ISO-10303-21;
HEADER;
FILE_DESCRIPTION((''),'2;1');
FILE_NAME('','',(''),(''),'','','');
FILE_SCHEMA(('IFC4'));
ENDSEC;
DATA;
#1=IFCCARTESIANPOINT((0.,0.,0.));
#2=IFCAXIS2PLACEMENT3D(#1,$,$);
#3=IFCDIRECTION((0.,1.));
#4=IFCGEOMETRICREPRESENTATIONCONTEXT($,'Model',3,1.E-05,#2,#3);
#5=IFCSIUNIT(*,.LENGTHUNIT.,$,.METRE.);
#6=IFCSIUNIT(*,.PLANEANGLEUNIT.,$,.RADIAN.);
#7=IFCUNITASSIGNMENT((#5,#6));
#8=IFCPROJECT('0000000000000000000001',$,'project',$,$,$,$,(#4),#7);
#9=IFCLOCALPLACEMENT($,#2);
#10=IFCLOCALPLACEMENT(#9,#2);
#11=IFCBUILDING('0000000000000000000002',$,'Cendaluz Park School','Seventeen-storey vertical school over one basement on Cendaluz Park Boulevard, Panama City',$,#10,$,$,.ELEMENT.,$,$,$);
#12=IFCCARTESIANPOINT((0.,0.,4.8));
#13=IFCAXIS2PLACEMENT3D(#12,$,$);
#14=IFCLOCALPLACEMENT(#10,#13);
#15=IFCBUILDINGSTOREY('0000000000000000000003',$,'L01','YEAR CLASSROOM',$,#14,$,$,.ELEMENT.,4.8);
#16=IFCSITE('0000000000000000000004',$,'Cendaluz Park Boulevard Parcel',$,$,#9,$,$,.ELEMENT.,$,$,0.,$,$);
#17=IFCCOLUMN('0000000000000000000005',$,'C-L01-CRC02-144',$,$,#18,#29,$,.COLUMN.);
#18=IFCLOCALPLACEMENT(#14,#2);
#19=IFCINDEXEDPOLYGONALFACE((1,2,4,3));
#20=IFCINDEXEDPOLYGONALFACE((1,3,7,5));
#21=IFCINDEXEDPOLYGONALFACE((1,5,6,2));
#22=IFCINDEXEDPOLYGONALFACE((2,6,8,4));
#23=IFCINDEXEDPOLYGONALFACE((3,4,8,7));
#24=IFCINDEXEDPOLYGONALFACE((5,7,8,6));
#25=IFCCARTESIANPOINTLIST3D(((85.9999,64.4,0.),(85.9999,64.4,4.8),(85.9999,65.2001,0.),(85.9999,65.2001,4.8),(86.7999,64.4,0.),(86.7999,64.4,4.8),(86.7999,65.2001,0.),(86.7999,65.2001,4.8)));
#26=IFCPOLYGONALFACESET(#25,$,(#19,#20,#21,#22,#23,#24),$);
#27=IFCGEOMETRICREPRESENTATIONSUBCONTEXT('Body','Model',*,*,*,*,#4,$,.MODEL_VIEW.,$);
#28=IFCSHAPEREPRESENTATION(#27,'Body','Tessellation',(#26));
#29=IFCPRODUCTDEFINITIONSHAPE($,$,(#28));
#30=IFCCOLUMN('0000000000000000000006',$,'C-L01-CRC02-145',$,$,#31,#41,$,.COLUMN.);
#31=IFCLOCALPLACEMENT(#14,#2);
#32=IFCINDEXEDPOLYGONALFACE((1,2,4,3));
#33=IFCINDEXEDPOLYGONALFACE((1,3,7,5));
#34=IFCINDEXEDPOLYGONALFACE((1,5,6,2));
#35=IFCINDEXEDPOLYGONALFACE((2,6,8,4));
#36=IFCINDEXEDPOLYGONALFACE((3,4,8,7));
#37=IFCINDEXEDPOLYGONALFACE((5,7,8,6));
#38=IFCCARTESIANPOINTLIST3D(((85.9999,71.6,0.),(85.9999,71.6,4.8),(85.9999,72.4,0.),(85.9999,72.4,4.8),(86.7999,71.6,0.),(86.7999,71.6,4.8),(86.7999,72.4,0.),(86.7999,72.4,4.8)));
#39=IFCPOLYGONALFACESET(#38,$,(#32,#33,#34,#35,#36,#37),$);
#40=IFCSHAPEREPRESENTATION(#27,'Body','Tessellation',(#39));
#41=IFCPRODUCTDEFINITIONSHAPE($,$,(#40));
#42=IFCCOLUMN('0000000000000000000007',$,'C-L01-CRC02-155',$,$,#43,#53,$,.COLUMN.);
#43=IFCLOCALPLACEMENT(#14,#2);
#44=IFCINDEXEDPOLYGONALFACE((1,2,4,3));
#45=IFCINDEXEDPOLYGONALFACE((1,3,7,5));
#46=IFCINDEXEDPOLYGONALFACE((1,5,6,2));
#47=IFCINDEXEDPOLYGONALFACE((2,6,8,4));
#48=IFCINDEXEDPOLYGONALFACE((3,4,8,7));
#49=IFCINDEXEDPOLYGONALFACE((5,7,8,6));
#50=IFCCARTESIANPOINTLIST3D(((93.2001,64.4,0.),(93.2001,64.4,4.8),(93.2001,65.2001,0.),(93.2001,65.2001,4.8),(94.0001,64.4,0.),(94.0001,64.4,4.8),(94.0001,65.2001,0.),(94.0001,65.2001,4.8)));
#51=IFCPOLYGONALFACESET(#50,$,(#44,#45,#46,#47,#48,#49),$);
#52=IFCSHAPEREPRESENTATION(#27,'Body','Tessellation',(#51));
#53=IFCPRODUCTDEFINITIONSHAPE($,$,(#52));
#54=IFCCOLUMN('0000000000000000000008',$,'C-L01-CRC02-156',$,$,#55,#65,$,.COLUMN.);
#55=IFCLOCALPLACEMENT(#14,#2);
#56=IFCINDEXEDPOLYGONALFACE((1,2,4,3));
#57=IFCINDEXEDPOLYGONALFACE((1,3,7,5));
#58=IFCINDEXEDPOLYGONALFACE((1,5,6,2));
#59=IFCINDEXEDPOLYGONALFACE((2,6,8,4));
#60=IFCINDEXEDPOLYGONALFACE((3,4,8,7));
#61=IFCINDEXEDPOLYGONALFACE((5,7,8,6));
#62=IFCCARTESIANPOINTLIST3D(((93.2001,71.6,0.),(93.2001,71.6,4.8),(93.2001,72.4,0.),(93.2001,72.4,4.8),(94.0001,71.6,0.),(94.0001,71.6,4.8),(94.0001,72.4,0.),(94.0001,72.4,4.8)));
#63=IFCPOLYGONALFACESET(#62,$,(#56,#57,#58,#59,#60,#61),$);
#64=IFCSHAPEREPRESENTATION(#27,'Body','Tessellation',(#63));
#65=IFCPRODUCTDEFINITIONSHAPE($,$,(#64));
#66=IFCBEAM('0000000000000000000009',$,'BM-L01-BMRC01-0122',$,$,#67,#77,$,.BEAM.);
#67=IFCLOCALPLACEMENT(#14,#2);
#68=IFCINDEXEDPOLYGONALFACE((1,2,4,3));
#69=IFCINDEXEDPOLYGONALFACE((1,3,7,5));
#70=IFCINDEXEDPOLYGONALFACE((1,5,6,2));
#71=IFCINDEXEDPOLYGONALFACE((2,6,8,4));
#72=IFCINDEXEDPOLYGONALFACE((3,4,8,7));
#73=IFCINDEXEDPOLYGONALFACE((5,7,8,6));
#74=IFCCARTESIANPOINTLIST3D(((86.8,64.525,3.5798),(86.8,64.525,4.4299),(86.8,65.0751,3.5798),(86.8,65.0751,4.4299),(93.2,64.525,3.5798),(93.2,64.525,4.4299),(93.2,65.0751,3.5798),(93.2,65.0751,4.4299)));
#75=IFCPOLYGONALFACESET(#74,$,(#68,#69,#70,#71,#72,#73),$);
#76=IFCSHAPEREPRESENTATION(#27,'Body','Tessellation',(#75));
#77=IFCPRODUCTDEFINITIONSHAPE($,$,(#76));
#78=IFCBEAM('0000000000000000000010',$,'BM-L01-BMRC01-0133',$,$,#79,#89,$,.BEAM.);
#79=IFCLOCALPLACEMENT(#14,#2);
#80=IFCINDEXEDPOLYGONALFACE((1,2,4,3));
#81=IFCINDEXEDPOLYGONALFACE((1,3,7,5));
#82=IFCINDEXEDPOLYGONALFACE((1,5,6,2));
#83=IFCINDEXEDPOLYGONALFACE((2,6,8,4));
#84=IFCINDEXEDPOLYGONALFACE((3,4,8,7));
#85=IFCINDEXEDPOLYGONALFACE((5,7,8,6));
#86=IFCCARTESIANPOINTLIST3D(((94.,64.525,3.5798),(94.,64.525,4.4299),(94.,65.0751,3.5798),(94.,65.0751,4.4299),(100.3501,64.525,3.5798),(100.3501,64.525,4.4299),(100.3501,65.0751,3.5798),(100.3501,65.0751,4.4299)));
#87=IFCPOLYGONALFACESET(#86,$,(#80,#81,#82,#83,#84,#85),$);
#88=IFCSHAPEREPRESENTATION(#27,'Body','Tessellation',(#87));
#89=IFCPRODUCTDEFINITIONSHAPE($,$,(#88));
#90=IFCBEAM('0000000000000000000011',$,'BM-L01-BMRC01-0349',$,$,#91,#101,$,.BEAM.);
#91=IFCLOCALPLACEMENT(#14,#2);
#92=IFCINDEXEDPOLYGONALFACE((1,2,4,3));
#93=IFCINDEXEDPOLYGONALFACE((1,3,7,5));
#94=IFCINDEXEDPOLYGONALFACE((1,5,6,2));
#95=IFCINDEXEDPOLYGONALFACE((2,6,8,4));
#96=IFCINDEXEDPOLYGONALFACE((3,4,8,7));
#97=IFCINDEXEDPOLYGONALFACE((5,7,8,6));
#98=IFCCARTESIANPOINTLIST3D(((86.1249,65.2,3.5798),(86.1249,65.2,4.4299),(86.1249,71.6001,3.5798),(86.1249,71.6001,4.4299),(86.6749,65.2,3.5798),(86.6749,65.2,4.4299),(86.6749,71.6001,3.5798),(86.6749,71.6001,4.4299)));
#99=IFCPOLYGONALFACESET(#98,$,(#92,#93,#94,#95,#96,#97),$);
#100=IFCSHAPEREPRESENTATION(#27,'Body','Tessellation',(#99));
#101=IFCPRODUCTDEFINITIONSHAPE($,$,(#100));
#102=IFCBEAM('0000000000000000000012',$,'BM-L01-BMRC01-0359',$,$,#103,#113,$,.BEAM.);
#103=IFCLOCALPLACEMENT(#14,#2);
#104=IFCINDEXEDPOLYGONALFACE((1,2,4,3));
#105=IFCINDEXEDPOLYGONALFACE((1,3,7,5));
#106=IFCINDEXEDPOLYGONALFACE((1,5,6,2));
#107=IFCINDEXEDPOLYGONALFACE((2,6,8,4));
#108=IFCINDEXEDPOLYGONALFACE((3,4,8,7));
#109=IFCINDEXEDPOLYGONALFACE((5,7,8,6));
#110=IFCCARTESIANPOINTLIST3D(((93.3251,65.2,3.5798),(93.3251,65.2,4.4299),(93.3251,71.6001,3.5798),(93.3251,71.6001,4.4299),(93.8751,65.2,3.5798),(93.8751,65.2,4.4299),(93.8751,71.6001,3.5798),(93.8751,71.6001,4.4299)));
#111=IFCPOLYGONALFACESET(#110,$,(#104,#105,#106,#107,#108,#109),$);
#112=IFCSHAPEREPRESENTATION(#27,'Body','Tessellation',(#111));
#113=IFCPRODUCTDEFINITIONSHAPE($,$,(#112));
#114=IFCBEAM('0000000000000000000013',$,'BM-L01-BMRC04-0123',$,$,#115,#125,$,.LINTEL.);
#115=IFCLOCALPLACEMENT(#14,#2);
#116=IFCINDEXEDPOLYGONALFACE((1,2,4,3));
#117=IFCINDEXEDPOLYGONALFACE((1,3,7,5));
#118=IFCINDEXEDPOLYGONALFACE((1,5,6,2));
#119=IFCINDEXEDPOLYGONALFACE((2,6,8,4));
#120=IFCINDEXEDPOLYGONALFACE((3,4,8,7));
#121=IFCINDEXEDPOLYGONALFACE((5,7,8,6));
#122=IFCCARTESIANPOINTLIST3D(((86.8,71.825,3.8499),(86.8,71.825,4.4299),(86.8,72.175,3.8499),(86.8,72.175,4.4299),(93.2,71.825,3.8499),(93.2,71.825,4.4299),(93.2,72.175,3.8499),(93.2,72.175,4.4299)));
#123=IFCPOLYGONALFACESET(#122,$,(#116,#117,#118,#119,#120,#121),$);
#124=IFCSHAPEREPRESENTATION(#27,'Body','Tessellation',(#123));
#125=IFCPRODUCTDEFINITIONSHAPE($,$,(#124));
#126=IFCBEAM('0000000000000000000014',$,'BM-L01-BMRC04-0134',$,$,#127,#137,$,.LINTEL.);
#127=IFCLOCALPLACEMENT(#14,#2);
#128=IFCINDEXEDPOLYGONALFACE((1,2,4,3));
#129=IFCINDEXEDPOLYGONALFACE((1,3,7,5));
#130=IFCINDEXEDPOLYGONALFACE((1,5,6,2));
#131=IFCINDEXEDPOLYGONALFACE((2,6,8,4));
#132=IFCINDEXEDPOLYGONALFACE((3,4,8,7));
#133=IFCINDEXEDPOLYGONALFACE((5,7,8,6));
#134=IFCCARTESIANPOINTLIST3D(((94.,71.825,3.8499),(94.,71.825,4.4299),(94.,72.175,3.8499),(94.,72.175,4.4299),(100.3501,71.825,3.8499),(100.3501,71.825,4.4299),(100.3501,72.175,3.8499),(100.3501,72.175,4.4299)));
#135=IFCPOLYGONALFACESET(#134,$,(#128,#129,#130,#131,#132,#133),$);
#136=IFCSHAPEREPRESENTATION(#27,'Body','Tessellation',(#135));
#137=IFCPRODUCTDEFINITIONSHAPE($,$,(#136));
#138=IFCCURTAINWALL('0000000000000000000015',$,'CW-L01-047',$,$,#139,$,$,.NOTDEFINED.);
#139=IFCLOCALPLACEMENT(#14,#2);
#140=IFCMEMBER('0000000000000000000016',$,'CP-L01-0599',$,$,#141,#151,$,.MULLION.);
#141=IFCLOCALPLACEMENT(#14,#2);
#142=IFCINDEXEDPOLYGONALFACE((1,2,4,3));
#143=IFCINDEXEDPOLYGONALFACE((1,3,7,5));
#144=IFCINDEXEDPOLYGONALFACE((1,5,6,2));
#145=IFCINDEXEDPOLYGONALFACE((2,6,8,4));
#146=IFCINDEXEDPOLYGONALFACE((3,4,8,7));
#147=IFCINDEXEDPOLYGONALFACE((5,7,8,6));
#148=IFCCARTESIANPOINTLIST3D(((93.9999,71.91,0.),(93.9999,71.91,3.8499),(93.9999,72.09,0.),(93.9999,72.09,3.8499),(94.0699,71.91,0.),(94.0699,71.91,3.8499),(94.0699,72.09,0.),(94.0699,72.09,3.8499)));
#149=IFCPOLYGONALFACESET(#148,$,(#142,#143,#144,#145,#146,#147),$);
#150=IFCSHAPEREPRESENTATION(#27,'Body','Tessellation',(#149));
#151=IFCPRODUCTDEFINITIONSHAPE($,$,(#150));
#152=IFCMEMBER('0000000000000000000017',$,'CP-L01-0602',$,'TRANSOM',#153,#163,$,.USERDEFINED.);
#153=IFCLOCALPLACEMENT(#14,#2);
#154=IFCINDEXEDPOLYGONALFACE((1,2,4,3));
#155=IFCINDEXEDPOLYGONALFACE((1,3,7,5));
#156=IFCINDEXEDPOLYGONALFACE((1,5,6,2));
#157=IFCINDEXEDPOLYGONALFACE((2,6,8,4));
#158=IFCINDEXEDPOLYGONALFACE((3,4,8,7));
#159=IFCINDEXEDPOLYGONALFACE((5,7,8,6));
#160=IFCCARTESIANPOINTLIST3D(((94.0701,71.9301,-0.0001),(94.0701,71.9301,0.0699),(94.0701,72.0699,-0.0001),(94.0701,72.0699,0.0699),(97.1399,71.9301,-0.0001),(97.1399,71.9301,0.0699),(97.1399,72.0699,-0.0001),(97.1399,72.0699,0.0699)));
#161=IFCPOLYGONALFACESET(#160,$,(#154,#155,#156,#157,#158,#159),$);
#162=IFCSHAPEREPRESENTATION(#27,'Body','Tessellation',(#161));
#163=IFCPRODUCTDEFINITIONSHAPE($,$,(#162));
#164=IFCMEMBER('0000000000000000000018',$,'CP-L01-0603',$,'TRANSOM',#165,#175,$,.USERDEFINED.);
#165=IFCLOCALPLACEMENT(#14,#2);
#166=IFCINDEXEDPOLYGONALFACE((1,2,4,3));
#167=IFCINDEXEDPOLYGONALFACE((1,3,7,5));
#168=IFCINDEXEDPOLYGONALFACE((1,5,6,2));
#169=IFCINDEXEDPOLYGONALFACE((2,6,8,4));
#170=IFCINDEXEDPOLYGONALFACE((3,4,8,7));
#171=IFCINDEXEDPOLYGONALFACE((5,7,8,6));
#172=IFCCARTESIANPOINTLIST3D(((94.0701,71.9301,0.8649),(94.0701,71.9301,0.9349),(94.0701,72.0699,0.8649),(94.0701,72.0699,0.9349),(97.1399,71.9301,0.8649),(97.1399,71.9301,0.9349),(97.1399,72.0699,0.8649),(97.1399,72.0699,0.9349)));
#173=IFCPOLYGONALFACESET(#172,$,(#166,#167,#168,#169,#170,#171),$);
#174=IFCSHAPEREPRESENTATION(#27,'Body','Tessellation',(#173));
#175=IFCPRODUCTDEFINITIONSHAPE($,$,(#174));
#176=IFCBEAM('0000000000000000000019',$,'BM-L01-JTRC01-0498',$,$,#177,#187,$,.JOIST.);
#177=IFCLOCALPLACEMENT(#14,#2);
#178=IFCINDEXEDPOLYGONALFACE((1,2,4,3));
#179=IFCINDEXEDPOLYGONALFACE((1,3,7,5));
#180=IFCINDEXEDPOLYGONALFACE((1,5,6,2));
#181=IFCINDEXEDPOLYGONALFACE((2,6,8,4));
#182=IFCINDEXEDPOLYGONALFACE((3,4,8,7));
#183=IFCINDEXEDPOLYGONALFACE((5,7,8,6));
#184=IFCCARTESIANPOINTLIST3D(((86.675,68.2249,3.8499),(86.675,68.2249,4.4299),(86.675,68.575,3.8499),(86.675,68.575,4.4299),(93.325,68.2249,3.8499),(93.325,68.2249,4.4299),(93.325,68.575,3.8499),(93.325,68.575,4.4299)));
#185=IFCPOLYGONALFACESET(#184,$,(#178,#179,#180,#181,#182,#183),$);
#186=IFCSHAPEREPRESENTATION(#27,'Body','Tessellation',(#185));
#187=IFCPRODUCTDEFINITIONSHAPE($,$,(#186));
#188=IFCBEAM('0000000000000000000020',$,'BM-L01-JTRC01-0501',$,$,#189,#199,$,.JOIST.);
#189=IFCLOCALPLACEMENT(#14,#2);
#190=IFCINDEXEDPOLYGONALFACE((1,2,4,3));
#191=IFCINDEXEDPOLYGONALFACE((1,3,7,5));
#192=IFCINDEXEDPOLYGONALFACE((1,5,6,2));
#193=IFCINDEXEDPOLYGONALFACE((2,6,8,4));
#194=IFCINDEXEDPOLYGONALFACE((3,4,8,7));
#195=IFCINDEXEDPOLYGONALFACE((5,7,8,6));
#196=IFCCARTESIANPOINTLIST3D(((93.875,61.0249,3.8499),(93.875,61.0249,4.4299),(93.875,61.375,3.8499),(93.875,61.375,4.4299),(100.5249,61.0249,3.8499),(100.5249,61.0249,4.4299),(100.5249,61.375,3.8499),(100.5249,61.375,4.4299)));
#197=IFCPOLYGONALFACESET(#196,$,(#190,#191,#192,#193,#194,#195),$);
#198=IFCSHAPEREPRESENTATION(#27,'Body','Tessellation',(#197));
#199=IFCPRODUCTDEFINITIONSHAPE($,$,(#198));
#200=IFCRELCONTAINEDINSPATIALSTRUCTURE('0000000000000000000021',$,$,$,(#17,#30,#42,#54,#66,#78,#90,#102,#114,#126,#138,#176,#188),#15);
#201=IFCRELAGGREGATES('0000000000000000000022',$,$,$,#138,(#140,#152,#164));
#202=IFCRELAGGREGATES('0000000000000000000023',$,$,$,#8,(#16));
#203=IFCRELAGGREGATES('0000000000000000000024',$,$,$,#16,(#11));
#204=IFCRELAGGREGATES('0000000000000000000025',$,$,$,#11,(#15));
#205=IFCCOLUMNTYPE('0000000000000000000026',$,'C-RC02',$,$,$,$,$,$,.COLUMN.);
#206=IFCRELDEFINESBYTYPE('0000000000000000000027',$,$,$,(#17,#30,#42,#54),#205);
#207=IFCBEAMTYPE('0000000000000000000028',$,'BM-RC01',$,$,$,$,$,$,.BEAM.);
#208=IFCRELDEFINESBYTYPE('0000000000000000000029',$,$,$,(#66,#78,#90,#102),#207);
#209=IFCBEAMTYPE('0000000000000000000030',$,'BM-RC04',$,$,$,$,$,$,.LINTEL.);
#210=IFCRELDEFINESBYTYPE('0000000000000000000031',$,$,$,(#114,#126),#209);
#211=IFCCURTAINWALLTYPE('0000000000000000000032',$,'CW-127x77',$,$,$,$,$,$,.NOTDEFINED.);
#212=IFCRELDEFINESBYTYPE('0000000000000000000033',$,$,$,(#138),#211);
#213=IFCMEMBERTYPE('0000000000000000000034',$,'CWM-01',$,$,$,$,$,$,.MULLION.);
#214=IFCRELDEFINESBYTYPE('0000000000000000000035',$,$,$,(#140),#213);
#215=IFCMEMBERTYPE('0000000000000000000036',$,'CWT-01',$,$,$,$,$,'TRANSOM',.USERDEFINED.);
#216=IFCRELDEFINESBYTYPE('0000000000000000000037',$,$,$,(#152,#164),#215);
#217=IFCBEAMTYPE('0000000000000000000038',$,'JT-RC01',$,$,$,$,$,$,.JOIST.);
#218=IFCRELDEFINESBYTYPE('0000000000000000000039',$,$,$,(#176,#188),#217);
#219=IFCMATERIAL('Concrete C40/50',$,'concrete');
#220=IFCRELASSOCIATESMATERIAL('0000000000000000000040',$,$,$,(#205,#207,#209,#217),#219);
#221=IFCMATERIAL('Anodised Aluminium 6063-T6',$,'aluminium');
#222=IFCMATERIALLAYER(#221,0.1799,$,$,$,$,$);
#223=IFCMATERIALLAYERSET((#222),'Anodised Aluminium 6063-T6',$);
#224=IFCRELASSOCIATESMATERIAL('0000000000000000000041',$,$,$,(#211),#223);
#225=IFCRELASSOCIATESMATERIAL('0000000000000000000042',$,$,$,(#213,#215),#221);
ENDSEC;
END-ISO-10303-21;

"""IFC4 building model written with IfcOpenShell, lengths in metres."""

from ifc_helpers import new_model, si_unit, direction, frame, origin, origin_2d, place, context, subcontext, project, spatial, rectangle, extrude, material, layer, layer_set, material_profile, profile_set, type_object, element, aggregate, save


model = new_model("IFC4")

# Units and contexts
model_context = context("Model", 3, precision=1e-05, world=origin(), true_north=direction((0.0, 1.0)))
body_context = subcontext(model_context, "Body", "Model", "MODEL_VIEW")
ifc_project = project(units=[si_unit("LENGTHUNIT", "METRE"), si_unit("PLANEANGLEUNIT", "RADIAN")], contexts=[model_context])

# Site, building, storey
site_placement = place(None, origin())
site = spatial("IfcSite", under=ifc_project, at=site_placement, Name="Cendaluz Park Boulevard Parcel", CompositionType="ELEMENT", RefElevation=0.0)
building_placement = place(site_placement, origin())
building = spatial("IfcBuilding", under=site, at=building_placement, Name="Cendaluz Park School", Description="Seventeen-storey vertical school over one basement on Cendaluz Park Boulevard, Panama City", CompositionType="ELEMENT")
storey_placement = place(building_placement, frame((0.0, 0.0, 4.8)))
storey = spatial("IfcBuildingStorey", under=building, at=storey_placement, Name="L01", Description="YEAR CLASSROOM", CompositionType="ELEMENT", Elevation=4.8)

# Columns
ifc_material_1 = material(Name="Concrete C40/50", Category="concrete")
ifc_material_profile_1 = material_profile(ifc_material_1, rectangle(XDim=0.8, YDim=0.8, at=origin_2d()), Name="RC 800x800", Category="concrete")
ifc_profile_set_1 = profile_set([ifc_material_profile_1], Name="Concrete C40/50")
column_type = type_object("IfcColumnType", Name="C-RC02", PredefinedType="COLUMN", material=ifc_profile_set_1)
for number, where, z_axis, x_axis, name in (
    (1, (86.3999, 64.8, 0.0), (0.0, 0.0, 1.0), (1.0, 0.0, 0.0), "C-L01-CRC02-144"),
    (2, (86.3999, 72.0, 0.0), (0.0, 0.0, 1.0), (1.0, 0.0, 0.0), "C-L01-CRC02-145"),
    (3, (93.6001, 64.8, 0.0), (0.0, 0.0, 1.0), (1.0, 0.0, 0.0), "C-L01-CRC02-155"),
    (4, (93.6001, 72.0, 0.0), (0.0, 0.0, 1.0), (1.0, 0.0, 0.0), "C-L01-CRC02-156"),
):
    element("IfcColumn", number, at=place(storey_placement, frame(where, z_axis=z_axis, x_axis=x_axis)), inside=storey, type_object=column_type, Name=name, PredefinedType="COLUMN", context=body_context, shape_type="SweptSolid", body=[
        extrude(rectangle(XDim=0.8, YDim=0.8, at=origin_2d()), origin(), (0.0, 0.0, 1.0), 4.8),
    ])

# Beams
ifc_material_profile_2 = material_profile(ifc_material_1, rectangle(XDim=0.55, YDim=0.8501, at=origin_2d()), Name="RC 550x850", Category="concrete")
ifc_profile_set_2 = profile_set([ifc_material_profile_2], Name="Concrete C40/50")
beam_type_1 = type_object("IfcBeamType", Name="BM-RC01", PredefinedType="BEAM", material=ifc_profile_set_2)
beam_1_placement = place(storey_placement, frame((86.8, 64.8, 4.0049), z_axis=(1.0, 0.0, 0.0), x_axis=(0.0, 1.0, 0.0)))
element("IfcBeam", 5, at=beam_1_placement, inside=storey, type_object=beam_type_1, Name="BM-L01-BMRC01-0122", PredefinedType="BEAM", context=body_context, shape_type="SweptSolid", body=[
    extrude(rectangle(XDim=0.55, YDim=0.8501, at=origin_2d()), origin(), (0.0, 0.0, 1.0), 6.3999),
])
beam_2_placement = place(storey_placement, frame((94.0, 64.8, 4.0049), z_axis=(1.0, 0.0, 0.0), x_axis=(0.0, 1.0, 0.0)))
element("IfcBeam", 6, at=beam_2_placement, inside=storey, type_object=beam_type_1, Name="BM-L01-BMRC01-0133", PredefinedType="BEAM", context=body_context, shape_type="SweptSolid", body=[
    extrude(rectangle(XDim=0.55, YDim=0.8501, at=origin_2d()), origin(), (0.0, 0.0, 1.0), 6.3501),
])
for number, where, z_axis, x_axis, name in (
    (7, (86.3999, 65.2, 4.0049), (0.0, 1.0, 0.0), (-1.0, 0.0, 0.0), "BM-L01-BMRC01-0349"),
    (8, (93.6001, 65.2, 4.0049), (0.0, 1.0, 0.0), (-1.0, 0.0, 0.0), "BM-L01-BMRC01-0359"),
):
    element("IfcBeam", number, at=place(storey_placement, frame(where, z_axis=z_axis, x_axis=x_axis)), inside=storey, type_object=beam_type_1, Name=name, PredefinedType="BEAM", context=body_context, shape_type="SweptSolid", body=[
        extrude(rectangle(XDim=0.55, YDim=0.8501, at=origin_2d()), origin(), (0.0, 0.0, 1.0), 6.4001),
    ])
ifc_material_profile_3 = material_profile(ifc_material_1, rectangle(XDim=0.3501, YDim=0.5801, at=origin_2d()), Name="RC 350x580", Category="concrete")
ifc_profile_set_3 = profile_set([ifc_material_profile_3], Name="Concrete C40/50")
beam_type_2 = type_object("IfcBeamType", Name="BM-RC04", PredefinedType="LINTEL", material=ifc_profile_set_3)
beam_3_placement = place(storey_placement, frame((86.8, 72.0, 4.1399), z_axis=(1.0, 0.0, 0.0), x_axis=(0.0, 1.0, 0.0)))
element("IfcBeam", 9, at=beam_3_placement, inside=storey, type_object=beam_type_2, Name="BM-L01-BMRC04-0123", PredefinedType="LINTEL", context=body_context, shape_type="SweptSolid", body=[
    extrude(rectangle(XDim=0.3501, YDim=0.5801, at=origin_2d()), origin(), (0.0, 0.0, 1.0), 6.3999),
])
beam_4_placement = place(storey_placement, frame((94.0, 72.0, 4.1399), z_axis=(1.0, 0.0, 0.0), x_axis=(0.0, 1.0, 0.0)))
element("IfcBeam", 10, at=beam_4_placement, inside=storey, type_object=beam_type_2, Name="BM-L01-BMRC04-0134", PredefinedType="LINTEL", context=body_context, shape_type="SweptSolid", body=[
    extrude(rectangle(XDim=0.3501, YDim=0.5801, at=origin_2d()), origin(), (0.0, 0.0, 1.0), 6.3501),
])

# Curtain wall, members
ifc_material_2 = material(Name="Anodised Aluminium 6063-T6", Category="aluminium")
ifc_layer_1 = layer(ifc_material_2, 0.1799)
ifc_layer_set_1 = layer_set([ifc_layer_1], Name="Anodised Aluminium 6063-T6")
curtain_wall_type = type_object("IfcCurtainWallType", Name="CW-127x77", PredefinedType="NOTDEFINED", material=ifc_layer_set_1)
curtain_wall_placement = place(storey_placement, origin())
curtain_wall = element("IfcCurtainWall", 11, at=curtain_wall_placement, inside=storey, type_object=curtain_wall_type, Name="CW-L01-047", PredefinedType="NOTDEFINED")
ifc_material_profile_4 = material_profile(ifc_material_2, rectangle(XDim=0.1799, YDim=0.0701, at=origin_2d()), Name="CWM 180x70", Category="aluminium")
ifc_profile_set_4 = profile_set([ifc_material_profile_4], Name="Anodised Aluminium 6063-T6")
member_type_1 = type_object("IfcMemberType", Name="CWM-01", PredefinedType="MULLION", material=ifc_profile_set_4)
member_1_placement = place(storey_placement, frame((94.0349, 72.0, 0.0), z_axis=(0.0, 0.0, 1.0), x_axis=(0.0, 1.0, 0.0)))
member_1 = element("IfcMember", 12, at=member_1_placement, type_object=member_type_1, Name="CP-L01-0599", PredefinedType="MULLION", context=body_context, shape_type="SweptSolid", body=[
    extrude(rectangle(XDim=0.1799, YDim=0.0701, at=origin_2d()), origin(), (0.0, 0.0, 1.0), 3.8499),
])
ifc_material_profile_5 = material_profile(ifc_material_2, rectangle(XDim=0.1399, YDim=0.0701, at=origin_2d()), Name="CWT 140x70", Category="aluminium")
ifc_profile_set_5 = profile_set([ifc_material_profile_5], Name="Anodised Aluminium 6063-T6")
member_type_2 = type_object("IfcMemberType", Name="CWT-01", ElementType="TRANSOM", PredefinedType="USERDEFINED", material=ifc_profile_set_5)
member_2_placement = place(storey_placement, frame((94.0701, 72.0, 0.0349), z_axis=(1.0, 0.0, 0.0), x_axis=(0.0, 1.0, 0.0)))
member_2 = element("IfcMember", 13, at=member_2_placement, type_object=member_type_2, Name="CP-L01-0602", ObjectType="TRANSOM", PredefinedType="USERDEFINED", context=body_context, shape_type="SweptSolid", body=[
    extrude(rectangle(XDim=0.1399, YDim=0.0701, at=origin_2d()), origin(), (0.0, 0.0, 1.0), 3.0698),
])
member_3_placement = place(storey_placement, frame((94.0701, 72.0, 0.8999), z_axis=(1.0, 0.0, 0.0), x_axis=(0.0, 1.0, 0.0)))
member_3 = element("IfcMember", 14, at=member_3_placement, type_object=member_type_2, Name="CP-L01-0603", ObjectType="TRANSOM", PredefinedType="USERDEFINED", context=body_context, shape_type="SweptSolid", body=[
    extrude(rectangle(XDim=0.1399, YDim=0.0701, at=origin_2d()), origin(), (0.0, 0.0, 1.0), 3.0698),
])
aggregate(curtain_wall, [member_1, member_2, member_3])

# Beams
ifc_material_profile_6 = material_profile(ifc_material_1, rectangle(XDim=0.3501, YDim=0.5801, at=origin_2d()), Name="RC 350x580", Category="concrete")
ifc_profile_set_6 = profile_set([ifc_material_profile_6], Name="Concrete C40/50")
beam_type_3 = type_object("IfcBeamType", Name="JT-RC01", PredefinedType="JOIST", material=ifc_profile_set_6)
for number, where, z_axis, x_axis, name in (
    (15, (86.675, 68.3999, 4.1399), (1.0, 0.0, 0.0), (0.0, 1.0, 0.0), "BM-L01-JTRC01-0498"),
    (16, (93.875, 61.2, 4.1399), (1.0, 0.0, 0.0), (0.0, 1.0, 0.0), "BM-L01-JTRC01-0501"),
):
    element("IfcBeam", number, at=place(storey_placement, frame(where, z_axis=z_axis, x_axis=x_axis)), inside=storey, type_object=beam_type_3, Name=name, PredefinedType="JOIST", context=body_context, shape_type="SweptSolid", body=[
        extrude(rectangle(XDim=0.3501, YDim=0.5801, at=origin_2d()), origin(), (0.0, 0.0, 1.0), 6.6499),
    ])

save(model, "model.ifc")
